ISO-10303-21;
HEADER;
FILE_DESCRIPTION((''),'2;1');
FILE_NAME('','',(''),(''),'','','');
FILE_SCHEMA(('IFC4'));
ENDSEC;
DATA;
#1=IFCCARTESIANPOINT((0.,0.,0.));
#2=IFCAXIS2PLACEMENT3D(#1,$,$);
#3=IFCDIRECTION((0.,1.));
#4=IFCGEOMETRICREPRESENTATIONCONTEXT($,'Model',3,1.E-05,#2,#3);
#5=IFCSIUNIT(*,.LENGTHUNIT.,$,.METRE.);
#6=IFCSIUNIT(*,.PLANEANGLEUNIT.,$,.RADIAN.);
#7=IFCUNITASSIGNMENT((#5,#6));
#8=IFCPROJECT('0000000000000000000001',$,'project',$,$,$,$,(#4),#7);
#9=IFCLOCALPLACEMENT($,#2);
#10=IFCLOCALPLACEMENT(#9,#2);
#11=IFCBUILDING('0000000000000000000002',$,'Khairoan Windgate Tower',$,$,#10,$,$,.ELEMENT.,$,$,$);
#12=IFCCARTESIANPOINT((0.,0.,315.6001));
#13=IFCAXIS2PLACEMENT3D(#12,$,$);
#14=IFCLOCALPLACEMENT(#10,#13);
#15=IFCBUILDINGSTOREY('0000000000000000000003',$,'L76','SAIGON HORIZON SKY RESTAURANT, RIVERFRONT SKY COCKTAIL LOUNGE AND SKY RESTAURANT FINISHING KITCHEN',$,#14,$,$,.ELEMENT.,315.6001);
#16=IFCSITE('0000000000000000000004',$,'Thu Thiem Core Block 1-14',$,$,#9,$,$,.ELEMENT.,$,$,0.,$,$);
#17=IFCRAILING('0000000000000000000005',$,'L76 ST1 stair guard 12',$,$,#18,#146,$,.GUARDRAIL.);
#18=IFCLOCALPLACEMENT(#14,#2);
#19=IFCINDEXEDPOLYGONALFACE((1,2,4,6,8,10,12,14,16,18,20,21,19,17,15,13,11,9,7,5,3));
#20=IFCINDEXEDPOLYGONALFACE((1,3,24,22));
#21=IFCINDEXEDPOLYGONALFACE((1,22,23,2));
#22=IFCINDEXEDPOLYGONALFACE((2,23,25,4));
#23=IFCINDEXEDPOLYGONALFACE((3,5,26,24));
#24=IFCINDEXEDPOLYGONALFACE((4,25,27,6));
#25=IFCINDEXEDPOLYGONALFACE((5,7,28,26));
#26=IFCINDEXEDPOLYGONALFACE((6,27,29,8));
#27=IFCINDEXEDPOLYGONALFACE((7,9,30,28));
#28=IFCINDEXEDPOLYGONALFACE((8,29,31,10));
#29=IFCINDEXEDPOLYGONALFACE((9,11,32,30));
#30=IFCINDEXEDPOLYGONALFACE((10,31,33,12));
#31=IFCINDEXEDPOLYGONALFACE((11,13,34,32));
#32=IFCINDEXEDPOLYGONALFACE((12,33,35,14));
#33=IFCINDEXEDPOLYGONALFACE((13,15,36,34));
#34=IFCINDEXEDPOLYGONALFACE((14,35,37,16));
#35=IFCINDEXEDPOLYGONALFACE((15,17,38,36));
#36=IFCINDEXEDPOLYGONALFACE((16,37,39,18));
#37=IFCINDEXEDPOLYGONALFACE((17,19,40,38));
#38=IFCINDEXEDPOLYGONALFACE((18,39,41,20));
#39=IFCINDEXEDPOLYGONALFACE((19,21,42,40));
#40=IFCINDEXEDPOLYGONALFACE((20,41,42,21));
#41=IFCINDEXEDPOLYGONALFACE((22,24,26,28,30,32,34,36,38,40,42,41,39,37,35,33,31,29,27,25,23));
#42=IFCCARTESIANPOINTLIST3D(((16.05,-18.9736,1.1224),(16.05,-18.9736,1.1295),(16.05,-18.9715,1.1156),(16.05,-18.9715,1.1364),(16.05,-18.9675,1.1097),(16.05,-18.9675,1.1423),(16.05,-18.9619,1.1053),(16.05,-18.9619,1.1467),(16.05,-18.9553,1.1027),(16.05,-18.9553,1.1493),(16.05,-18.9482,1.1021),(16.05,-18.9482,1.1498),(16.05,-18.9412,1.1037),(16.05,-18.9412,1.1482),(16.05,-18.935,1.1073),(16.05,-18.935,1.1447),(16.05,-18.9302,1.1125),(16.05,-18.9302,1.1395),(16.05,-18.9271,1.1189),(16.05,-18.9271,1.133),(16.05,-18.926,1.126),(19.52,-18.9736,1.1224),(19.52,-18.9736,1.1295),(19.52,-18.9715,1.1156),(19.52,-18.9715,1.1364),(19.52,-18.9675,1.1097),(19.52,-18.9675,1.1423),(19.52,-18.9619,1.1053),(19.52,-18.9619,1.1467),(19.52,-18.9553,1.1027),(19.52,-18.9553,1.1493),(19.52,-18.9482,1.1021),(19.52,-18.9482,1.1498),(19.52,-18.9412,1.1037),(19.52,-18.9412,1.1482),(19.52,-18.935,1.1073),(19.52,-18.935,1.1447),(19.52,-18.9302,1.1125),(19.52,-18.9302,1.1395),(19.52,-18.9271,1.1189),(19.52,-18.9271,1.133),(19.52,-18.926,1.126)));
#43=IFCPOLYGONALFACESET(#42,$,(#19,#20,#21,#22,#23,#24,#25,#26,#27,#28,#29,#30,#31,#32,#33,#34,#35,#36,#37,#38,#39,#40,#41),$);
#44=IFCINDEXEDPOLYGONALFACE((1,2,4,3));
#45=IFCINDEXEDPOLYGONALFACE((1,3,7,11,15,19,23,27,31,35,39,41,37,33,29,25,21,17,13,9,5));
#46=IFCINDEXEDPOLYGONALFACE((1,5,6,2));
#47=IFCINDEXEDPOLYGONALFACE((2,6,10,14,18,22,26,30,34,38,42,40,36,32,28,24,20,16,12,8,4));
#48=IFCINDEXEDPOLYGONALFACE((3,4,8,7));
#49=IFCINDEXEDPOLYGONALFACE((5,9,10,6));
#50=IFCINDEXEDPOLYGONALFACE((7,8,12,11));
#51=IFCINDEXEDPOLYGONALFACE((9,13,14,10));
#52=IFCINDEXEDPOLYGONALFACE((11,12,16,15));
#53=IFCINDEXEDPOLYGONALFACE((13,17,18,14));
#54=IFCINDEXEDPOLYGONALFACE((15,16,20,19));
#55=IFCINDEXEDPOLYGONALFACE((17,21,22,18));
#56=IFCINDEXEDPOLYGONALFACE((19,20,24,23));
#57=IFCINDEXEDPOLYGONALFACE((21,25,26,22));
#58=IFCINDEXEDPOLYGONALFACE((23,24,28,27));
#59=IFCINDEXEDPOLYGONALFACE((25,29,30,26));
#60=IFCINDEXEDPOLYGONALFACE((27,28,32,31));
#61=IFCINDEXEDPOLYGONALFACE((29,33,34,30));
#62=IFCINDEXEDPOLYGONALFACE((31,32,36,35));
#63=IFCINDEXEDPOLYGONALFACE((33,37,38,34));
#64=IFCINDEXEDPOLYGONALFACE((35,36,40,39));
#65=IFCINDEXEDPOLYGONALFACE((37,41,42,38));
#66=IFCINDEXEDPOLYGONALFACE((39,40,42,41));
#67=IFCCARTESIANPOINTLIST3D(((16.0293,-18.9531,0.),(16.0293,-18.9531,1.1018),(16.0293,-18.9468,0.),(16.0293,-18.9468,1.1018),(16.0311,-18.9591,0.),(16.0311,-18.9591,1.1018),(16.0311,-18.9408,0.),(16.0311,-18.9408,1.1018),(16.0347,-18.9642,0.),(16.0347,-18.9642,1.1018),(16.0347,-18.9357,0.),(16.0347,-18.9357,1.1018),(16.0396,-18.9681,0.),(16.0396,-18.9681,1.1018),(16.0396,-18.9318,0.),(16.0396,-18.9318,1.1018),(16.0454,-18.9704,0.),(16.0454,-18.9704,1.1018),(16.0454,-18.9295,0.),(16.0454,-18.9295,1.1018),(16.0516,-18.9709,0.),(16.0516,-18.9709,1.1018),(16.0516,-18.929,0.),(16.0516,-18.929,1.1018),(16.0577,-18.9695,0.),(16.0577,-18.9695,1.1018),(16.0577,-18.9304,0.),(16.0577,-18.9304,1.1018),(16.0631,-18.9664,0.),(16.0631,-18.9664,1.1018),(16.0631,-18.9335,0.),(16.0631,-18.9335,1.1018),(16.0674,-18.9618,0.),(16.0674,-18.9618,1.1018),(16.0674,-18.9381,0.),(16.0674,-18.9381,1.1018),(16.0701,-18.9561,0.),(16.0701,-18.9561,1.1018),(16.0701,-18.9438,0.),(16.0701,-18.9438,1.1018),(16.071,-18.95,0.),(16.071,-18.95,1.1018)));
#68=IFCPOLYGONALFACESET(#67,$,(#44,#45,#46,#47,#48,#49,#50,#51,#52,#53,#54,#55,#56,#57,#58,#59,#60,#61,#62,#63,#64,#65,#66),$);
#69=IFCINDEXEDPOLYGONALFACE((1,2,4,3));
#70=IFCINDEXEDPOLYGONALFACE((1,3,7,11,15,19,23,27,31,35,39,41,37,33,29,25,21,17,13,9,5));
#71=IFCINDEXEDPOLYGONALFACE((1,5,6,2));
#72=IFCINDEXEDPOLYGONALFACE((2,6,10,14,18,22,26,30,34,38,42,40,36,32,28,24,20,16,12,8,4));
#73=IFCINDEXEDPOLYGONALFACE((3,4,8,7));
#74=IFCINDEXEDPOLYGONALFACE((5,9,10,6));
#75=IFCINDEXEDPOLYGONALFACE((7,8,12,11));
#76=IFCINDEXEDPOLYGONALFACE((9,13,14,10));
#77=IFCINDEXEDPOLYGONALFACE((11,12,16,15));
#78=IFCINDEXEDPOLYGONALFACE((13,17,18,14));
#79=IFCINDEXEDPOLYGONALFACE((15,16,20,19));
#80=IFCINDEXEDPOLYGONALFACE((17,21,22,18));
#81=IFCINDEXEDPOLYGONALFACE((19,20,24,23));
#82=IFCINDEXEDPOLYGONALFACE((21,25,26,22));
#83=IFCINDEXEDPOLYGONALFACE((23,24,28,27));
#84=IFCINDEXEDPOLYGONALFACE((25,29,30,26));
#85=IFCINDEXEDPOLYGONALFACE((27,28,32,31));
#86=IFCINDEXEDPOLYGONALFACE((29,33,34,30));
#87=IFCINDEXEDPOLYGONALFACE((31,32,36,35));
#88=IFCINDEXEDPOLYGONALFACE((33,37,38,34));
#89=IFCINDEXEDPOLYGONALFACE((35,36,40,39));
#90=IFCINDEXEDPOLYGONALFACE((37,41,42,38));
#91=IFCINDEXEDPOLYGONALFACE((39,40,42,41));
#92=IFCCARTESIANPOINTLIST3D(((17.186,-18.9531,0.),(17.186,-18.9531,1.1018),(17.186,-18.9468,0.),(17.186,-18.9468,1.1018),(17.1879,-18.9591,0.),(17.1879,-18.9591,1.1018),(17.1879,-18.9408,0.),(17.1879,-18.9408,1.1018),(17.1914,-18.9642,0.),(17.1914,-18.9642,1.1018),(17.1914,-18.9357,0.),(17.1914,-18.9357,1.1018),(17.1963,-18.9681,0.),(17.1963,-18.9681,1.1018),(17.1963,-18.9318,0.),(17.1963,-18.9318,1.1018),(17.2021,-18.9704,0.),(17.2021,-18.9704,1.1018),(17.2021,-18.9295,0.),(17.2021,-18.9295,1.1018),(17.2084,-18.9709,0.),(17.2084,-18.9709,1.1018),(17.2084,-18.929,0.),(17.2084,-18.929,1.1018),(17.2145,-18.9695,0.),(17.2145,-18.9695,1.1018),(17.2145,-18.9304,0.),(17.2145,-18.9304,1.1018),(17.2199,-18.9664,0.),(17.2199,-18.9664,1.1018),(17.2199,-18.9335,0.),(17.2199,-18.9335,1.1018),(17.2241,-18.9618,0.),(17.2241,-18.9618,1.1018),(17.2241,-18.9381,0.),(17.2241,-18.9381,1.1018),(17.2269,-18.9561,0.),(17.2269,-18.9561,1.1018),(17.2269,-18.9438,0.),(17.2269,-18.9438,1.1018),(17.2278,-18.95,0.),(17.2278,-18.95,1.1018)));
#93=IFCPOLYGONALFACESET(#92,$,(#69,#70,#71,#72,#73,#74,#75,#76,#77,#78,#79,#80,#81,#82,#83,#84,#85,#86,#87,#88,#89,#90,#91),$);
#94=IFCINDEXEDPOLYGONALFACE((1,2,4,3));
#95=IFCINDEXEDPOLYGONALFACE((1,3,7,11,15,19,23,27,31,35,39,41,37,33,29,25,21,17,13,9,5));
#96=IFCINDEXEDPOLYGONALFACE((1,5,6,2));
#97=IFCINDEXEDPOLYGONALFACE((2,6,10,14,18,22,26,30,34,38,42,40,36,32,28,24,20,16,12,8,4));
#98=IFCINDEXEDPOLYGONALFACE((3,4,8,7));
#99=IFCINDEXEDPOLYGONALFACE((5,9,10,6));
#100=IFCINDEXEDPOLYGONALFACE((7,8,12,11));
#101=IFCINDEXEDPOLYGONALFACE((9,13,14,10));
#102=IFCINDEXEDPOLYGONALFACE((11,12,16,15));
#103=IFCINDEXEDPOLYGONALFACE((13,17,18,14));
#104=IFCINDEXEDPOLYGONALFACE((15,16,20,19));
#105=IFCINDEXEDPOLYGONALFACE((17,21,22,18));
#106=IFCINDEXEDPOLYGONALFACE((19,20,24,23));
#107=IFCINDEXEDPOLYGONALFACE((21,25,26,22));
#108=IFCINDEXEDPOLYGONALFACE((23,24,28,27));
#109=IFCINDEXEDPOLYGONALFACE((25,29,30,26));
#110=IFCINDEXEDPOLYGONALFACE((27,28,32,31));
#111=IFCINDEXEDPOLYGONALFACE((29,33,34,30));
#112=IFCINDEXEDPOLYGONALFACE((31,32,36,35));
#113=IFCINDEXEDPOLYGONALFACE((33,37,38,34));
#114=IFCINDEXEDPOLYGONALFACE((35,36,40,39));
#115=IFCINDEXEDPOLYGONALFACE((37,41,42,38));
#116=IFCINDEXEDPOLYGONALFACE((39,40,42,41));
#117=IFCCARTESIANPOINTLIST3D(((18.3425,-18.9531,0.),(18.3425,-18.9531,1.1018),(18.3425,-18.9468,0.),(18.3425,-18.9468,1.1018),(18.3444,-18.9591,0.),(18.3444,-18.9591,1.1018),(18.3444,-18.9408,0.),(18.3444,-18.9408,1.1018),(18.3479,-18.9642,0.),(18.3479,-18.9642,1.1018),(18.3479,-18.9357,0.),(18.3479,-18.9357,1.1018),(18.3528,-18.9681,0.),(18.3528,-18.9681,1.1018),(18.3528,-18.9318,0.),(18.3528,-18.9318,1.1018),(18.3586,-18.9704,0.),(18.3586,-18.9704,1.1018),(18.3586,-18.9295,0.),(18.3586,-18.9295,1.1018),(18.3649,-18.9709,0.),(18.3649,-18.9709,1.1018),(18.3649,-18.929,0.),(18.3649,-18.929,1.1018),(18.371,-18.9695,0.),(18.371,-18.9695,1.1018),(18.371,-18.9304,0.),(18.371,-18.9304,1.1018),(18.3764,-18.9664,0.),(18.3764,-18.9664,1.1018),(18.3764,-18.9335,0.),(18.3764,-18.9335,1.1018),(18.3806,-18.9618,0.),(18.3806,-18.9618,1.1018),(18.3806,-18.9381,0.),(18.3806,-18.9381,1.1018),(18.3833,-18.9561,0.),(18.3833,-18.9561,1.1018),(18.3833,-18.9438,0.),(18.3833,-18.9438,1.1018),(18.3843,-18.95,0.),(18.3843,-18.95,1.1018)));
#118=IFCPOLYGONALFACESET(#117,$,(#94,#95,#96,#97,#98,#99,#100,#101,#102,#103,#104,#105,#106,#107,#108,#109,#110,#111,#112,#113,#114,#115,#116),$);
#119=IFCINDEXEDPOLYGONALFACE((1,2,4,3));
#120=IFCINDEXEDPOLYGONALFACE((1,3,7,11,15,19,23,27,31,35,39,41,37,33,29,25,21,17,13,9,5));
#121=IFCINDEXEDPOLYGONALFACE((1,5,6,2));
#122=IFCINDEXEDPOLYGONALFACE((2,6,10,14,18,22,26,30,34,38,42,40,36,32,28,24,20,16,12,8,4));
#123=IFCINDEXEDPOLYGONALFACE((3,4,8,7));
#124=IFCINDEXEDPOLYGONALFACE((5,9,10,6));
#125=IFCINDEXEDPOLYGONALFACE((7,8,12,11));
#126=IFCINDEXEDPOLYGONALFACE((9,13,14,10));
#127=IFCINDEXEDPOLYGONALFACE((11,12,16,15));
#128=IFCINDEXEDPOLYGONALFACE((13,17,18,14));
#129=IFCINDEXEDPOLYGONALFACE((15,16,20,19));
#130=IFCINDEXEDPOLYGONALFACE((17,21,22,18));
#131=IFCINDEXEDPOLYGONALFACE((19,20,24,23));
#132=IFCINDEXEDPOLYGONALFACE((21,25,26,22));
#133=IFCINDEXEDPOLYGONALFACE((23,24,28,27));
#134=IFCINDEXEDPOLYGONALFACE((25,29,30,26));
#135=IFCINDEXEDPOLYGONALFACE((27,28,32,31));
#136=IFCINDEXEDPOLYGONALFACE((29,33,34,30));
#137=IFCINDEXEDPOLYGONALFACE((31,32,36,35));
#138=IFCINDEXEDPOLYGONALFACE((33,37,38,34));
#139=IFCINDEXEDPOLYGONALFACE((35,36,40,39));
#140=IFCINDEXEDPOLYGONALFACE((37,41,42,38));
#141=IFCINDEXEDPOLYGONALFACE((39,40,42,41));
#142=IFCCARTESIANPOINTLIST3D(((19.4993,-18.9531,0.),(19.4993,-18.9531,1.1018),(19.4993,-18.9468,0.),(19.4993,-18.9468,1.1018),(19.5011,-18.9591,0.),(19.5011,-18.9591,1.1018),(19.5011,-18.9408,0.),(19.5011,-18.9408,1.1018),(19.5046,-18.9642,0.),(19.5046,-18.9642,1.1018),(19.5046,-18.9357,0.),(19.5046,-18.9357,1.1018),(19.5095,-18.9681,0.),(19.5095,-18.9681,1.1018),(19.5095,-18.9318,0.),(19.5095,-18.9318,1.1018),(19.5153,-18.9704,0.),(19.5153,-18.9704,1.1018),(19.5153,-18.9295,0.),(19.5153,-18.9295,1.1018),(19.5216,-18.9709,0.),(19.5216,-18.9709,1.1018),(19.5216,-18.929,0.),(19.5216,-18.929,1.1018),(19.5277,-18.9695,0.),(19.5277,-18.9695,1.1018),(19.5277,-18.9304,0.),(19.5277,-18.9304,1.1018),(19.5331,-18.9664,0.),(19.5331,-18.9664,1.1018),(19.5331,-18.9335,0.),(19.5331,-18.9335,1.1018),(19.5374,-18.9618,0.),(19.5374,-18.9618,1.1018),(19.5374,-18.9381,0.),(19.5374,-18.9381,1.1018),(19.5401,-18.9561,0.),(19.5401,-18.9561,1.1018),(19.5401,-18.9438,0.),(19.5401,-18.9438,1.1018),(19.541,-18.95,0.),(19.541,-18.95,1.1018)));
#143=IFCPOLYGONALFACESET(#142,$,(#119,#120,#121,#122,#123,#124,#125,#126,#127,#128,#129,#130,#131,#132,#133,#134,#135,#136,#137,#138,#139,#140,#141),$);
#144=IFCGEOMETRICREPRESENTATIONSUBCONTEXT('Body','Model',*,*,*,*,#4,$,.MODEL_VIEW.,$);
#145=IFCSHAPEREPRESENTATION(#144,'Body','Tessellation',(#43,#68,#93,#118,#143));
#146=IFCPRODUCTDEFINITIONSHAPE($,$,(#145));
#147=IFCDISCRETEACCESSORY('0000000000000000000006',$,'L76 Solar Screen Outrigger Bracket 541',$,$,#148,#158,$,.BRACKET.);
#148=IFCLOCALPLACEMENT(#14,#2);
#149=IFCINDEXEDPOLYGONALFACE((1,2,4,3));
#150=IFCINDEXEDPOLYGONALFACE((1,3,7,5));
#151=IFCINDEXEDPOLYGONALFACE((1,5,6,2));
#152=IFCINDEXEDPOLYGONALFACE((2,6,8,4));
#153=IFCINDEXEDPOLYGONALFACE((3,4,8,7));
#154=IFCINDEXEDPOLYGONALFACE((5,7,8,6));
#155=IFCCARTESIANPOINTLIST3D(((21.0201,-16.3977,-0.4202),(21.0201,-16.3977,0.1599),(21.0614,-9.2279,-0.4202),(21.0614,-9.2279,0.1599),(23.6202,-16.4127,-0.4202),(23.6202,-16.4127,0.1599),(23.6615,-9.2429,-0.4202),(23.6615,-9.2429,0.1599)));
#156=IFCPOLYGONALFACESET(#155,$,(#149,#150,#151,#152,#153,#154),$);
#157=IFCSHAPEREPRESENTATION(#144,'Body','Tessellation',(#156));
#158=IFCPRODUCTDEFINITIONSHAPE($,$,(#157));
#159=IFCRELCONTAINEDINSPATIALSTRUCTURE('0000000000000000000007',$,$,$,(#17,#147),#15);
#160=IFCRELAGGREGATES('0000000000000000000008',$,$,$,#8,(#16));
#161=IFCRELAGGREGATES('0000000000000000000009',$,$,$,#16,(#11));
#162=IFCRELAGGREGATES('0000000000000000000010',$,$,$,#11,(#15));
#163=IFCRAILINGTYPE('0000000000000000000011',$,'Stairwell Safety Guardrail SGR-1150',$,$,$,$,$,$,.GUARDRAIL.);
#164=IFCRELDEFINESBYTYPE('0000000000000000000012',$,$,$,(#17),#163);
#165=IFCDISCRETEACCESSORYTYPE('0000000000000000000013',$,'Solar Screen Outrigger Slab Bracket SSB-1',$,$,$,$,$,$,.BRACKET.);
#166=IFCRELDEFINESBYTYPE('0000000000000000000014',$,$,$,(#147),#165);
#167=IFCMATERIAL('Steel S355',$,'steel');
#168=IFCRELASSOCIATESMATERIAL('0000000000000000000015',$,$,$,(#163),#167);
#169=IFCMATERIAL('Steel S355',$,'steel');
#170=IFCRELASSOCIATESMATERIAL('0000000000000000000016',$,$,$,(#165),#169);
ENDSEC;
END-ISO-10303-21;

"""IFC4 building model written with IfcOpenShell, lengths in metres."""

from ifc_helpers import new_model, si_unit, direction, frame, origin, origin_2d, place, context, subcontext, project, spatial, rectangle, circle, extrude, material, type_object, element, save


model = new_model("IFC4")

# Units and contexts
model_context = context("Model", 3, precision=1e-05, world=origin(), true_north=direction((0.0, 1.0)))
body_context = subcontext(model_context, "Body", "Model", "MODEL_VIEW")
ifc_project = project(units=[si_unit("LENGTHUNIT", "METRE"), si_unit("PLANEANGLEUNIT", "RADIAN")], contexts=[model_context])

# Site, building, storey
site_placement = place(None, origin())
site = spatial("IfcSite", under=ifc_project, at=site_placement, Name="Thu Thiem Core Block 1-14", CompositionType="ELEMENT", RefElevation=0.0)
building_placement = place(site_placement, origin())
building = spatial("IfcBuilding", under=site, at=building_placement, Name="Khairoan Windgate Tower", CompositionType="ELEMENT")
storey_placement = place(building_placement, frame((0.0, 0.0, 315.6001)))
storey = spatial("IfcBuildingStorey", under=building, at=storey_placement, Name="L76", Description="SAIGON HORIZON SKY RESTAURANT, RIVERFRONT SKY COCKTAIL LOUNGE AND SKY RESTAURANT FINISHING KITCHEN", CompositionType="ELEMENT", Elevation=315.6001)

# Railing
ifc_material_1 = material(Name="Steel S355", Category="steel")
railing_type_1 = type_object("IfcRailingType", Name="Stairwell Safety Guardrail SGR-1150", PredefinedType="GUARDRAIL", material=ifc_material_1)
railing_1_placement = place(storey_placement, frame((16.05, -18.95, 0.0)))
element("IfcRailing", 1, at=railing_1_placement, inside=storey, type_object=railing_type_1, Name="L76 ST1 stair guard 12", PredefinedType="GUARDRAIL", context=body_context, shape_type="SweptSolid", body=[
    extrude(circle(Radius=0.0239, at=origin_2d()), frame((0.0, 0.0, 1.126), z_axis=(1.0, 0.0, 0.0), x_axis=(0.0, 1.0, 0.0)), (0.0, 0.0, 1.0), 3.47),
    extrude(circle(Radius=0.021, at=origin_2d()), origin(), (0.0, 0.0, 1.0), 1.1018),
    extrude(circle(Radius=0.021, at=origin_2d()), frame((1.1567, 0.0, 0.0)), (0.0, 0.0, 1.0), 1.1018),
    extrude(circle(Radius=0.021, at=origin_2d()), frame((2.3132, 0.0, 0.0)), (0.0, 0.0, 1.0), 1.1018),
    extrude(circle(Radius=0.021, at=origin_2d()), frame((3.47, 0.0, 0.0)), (0.0, 0.0, 1.0), 1.1018),
])

# Discrete accessory
ifc_material_2 = material(Name="Steel S355", Category="steel")
discrete_accessory_type = type_object("IfcDiscreteAccessoryType", Name="Solar Screen Outrigger Slab Bracket SSB-1", PredefinedType="BRACKET", material=ifc_material_2)
discrete_accessory_placement = place(storey_placement, frame((22.3408, -12.8203, -0.4202), z_axis=(0.0, 0.0, 1.0), x_axis=(-0.00576, -0.999983, 0.0)))
element("IfcDiscreteAccessory", 2, at=discrete_accessory_placement, inside=storey, type_object=discrete_accessory_type, Name="L76 Solar Screen Outrigger Bracket 541", PredefinedType="BRACKET", context=body_context, shape_type="SweptSolid", body=[
    extrude(rectangle(XDim=7.1699, YDim=2.6001, at=origin_2d()), origin(), (0.0, 0.0, 1.0), 0.5801),
])

save(model, "model.ifc")
